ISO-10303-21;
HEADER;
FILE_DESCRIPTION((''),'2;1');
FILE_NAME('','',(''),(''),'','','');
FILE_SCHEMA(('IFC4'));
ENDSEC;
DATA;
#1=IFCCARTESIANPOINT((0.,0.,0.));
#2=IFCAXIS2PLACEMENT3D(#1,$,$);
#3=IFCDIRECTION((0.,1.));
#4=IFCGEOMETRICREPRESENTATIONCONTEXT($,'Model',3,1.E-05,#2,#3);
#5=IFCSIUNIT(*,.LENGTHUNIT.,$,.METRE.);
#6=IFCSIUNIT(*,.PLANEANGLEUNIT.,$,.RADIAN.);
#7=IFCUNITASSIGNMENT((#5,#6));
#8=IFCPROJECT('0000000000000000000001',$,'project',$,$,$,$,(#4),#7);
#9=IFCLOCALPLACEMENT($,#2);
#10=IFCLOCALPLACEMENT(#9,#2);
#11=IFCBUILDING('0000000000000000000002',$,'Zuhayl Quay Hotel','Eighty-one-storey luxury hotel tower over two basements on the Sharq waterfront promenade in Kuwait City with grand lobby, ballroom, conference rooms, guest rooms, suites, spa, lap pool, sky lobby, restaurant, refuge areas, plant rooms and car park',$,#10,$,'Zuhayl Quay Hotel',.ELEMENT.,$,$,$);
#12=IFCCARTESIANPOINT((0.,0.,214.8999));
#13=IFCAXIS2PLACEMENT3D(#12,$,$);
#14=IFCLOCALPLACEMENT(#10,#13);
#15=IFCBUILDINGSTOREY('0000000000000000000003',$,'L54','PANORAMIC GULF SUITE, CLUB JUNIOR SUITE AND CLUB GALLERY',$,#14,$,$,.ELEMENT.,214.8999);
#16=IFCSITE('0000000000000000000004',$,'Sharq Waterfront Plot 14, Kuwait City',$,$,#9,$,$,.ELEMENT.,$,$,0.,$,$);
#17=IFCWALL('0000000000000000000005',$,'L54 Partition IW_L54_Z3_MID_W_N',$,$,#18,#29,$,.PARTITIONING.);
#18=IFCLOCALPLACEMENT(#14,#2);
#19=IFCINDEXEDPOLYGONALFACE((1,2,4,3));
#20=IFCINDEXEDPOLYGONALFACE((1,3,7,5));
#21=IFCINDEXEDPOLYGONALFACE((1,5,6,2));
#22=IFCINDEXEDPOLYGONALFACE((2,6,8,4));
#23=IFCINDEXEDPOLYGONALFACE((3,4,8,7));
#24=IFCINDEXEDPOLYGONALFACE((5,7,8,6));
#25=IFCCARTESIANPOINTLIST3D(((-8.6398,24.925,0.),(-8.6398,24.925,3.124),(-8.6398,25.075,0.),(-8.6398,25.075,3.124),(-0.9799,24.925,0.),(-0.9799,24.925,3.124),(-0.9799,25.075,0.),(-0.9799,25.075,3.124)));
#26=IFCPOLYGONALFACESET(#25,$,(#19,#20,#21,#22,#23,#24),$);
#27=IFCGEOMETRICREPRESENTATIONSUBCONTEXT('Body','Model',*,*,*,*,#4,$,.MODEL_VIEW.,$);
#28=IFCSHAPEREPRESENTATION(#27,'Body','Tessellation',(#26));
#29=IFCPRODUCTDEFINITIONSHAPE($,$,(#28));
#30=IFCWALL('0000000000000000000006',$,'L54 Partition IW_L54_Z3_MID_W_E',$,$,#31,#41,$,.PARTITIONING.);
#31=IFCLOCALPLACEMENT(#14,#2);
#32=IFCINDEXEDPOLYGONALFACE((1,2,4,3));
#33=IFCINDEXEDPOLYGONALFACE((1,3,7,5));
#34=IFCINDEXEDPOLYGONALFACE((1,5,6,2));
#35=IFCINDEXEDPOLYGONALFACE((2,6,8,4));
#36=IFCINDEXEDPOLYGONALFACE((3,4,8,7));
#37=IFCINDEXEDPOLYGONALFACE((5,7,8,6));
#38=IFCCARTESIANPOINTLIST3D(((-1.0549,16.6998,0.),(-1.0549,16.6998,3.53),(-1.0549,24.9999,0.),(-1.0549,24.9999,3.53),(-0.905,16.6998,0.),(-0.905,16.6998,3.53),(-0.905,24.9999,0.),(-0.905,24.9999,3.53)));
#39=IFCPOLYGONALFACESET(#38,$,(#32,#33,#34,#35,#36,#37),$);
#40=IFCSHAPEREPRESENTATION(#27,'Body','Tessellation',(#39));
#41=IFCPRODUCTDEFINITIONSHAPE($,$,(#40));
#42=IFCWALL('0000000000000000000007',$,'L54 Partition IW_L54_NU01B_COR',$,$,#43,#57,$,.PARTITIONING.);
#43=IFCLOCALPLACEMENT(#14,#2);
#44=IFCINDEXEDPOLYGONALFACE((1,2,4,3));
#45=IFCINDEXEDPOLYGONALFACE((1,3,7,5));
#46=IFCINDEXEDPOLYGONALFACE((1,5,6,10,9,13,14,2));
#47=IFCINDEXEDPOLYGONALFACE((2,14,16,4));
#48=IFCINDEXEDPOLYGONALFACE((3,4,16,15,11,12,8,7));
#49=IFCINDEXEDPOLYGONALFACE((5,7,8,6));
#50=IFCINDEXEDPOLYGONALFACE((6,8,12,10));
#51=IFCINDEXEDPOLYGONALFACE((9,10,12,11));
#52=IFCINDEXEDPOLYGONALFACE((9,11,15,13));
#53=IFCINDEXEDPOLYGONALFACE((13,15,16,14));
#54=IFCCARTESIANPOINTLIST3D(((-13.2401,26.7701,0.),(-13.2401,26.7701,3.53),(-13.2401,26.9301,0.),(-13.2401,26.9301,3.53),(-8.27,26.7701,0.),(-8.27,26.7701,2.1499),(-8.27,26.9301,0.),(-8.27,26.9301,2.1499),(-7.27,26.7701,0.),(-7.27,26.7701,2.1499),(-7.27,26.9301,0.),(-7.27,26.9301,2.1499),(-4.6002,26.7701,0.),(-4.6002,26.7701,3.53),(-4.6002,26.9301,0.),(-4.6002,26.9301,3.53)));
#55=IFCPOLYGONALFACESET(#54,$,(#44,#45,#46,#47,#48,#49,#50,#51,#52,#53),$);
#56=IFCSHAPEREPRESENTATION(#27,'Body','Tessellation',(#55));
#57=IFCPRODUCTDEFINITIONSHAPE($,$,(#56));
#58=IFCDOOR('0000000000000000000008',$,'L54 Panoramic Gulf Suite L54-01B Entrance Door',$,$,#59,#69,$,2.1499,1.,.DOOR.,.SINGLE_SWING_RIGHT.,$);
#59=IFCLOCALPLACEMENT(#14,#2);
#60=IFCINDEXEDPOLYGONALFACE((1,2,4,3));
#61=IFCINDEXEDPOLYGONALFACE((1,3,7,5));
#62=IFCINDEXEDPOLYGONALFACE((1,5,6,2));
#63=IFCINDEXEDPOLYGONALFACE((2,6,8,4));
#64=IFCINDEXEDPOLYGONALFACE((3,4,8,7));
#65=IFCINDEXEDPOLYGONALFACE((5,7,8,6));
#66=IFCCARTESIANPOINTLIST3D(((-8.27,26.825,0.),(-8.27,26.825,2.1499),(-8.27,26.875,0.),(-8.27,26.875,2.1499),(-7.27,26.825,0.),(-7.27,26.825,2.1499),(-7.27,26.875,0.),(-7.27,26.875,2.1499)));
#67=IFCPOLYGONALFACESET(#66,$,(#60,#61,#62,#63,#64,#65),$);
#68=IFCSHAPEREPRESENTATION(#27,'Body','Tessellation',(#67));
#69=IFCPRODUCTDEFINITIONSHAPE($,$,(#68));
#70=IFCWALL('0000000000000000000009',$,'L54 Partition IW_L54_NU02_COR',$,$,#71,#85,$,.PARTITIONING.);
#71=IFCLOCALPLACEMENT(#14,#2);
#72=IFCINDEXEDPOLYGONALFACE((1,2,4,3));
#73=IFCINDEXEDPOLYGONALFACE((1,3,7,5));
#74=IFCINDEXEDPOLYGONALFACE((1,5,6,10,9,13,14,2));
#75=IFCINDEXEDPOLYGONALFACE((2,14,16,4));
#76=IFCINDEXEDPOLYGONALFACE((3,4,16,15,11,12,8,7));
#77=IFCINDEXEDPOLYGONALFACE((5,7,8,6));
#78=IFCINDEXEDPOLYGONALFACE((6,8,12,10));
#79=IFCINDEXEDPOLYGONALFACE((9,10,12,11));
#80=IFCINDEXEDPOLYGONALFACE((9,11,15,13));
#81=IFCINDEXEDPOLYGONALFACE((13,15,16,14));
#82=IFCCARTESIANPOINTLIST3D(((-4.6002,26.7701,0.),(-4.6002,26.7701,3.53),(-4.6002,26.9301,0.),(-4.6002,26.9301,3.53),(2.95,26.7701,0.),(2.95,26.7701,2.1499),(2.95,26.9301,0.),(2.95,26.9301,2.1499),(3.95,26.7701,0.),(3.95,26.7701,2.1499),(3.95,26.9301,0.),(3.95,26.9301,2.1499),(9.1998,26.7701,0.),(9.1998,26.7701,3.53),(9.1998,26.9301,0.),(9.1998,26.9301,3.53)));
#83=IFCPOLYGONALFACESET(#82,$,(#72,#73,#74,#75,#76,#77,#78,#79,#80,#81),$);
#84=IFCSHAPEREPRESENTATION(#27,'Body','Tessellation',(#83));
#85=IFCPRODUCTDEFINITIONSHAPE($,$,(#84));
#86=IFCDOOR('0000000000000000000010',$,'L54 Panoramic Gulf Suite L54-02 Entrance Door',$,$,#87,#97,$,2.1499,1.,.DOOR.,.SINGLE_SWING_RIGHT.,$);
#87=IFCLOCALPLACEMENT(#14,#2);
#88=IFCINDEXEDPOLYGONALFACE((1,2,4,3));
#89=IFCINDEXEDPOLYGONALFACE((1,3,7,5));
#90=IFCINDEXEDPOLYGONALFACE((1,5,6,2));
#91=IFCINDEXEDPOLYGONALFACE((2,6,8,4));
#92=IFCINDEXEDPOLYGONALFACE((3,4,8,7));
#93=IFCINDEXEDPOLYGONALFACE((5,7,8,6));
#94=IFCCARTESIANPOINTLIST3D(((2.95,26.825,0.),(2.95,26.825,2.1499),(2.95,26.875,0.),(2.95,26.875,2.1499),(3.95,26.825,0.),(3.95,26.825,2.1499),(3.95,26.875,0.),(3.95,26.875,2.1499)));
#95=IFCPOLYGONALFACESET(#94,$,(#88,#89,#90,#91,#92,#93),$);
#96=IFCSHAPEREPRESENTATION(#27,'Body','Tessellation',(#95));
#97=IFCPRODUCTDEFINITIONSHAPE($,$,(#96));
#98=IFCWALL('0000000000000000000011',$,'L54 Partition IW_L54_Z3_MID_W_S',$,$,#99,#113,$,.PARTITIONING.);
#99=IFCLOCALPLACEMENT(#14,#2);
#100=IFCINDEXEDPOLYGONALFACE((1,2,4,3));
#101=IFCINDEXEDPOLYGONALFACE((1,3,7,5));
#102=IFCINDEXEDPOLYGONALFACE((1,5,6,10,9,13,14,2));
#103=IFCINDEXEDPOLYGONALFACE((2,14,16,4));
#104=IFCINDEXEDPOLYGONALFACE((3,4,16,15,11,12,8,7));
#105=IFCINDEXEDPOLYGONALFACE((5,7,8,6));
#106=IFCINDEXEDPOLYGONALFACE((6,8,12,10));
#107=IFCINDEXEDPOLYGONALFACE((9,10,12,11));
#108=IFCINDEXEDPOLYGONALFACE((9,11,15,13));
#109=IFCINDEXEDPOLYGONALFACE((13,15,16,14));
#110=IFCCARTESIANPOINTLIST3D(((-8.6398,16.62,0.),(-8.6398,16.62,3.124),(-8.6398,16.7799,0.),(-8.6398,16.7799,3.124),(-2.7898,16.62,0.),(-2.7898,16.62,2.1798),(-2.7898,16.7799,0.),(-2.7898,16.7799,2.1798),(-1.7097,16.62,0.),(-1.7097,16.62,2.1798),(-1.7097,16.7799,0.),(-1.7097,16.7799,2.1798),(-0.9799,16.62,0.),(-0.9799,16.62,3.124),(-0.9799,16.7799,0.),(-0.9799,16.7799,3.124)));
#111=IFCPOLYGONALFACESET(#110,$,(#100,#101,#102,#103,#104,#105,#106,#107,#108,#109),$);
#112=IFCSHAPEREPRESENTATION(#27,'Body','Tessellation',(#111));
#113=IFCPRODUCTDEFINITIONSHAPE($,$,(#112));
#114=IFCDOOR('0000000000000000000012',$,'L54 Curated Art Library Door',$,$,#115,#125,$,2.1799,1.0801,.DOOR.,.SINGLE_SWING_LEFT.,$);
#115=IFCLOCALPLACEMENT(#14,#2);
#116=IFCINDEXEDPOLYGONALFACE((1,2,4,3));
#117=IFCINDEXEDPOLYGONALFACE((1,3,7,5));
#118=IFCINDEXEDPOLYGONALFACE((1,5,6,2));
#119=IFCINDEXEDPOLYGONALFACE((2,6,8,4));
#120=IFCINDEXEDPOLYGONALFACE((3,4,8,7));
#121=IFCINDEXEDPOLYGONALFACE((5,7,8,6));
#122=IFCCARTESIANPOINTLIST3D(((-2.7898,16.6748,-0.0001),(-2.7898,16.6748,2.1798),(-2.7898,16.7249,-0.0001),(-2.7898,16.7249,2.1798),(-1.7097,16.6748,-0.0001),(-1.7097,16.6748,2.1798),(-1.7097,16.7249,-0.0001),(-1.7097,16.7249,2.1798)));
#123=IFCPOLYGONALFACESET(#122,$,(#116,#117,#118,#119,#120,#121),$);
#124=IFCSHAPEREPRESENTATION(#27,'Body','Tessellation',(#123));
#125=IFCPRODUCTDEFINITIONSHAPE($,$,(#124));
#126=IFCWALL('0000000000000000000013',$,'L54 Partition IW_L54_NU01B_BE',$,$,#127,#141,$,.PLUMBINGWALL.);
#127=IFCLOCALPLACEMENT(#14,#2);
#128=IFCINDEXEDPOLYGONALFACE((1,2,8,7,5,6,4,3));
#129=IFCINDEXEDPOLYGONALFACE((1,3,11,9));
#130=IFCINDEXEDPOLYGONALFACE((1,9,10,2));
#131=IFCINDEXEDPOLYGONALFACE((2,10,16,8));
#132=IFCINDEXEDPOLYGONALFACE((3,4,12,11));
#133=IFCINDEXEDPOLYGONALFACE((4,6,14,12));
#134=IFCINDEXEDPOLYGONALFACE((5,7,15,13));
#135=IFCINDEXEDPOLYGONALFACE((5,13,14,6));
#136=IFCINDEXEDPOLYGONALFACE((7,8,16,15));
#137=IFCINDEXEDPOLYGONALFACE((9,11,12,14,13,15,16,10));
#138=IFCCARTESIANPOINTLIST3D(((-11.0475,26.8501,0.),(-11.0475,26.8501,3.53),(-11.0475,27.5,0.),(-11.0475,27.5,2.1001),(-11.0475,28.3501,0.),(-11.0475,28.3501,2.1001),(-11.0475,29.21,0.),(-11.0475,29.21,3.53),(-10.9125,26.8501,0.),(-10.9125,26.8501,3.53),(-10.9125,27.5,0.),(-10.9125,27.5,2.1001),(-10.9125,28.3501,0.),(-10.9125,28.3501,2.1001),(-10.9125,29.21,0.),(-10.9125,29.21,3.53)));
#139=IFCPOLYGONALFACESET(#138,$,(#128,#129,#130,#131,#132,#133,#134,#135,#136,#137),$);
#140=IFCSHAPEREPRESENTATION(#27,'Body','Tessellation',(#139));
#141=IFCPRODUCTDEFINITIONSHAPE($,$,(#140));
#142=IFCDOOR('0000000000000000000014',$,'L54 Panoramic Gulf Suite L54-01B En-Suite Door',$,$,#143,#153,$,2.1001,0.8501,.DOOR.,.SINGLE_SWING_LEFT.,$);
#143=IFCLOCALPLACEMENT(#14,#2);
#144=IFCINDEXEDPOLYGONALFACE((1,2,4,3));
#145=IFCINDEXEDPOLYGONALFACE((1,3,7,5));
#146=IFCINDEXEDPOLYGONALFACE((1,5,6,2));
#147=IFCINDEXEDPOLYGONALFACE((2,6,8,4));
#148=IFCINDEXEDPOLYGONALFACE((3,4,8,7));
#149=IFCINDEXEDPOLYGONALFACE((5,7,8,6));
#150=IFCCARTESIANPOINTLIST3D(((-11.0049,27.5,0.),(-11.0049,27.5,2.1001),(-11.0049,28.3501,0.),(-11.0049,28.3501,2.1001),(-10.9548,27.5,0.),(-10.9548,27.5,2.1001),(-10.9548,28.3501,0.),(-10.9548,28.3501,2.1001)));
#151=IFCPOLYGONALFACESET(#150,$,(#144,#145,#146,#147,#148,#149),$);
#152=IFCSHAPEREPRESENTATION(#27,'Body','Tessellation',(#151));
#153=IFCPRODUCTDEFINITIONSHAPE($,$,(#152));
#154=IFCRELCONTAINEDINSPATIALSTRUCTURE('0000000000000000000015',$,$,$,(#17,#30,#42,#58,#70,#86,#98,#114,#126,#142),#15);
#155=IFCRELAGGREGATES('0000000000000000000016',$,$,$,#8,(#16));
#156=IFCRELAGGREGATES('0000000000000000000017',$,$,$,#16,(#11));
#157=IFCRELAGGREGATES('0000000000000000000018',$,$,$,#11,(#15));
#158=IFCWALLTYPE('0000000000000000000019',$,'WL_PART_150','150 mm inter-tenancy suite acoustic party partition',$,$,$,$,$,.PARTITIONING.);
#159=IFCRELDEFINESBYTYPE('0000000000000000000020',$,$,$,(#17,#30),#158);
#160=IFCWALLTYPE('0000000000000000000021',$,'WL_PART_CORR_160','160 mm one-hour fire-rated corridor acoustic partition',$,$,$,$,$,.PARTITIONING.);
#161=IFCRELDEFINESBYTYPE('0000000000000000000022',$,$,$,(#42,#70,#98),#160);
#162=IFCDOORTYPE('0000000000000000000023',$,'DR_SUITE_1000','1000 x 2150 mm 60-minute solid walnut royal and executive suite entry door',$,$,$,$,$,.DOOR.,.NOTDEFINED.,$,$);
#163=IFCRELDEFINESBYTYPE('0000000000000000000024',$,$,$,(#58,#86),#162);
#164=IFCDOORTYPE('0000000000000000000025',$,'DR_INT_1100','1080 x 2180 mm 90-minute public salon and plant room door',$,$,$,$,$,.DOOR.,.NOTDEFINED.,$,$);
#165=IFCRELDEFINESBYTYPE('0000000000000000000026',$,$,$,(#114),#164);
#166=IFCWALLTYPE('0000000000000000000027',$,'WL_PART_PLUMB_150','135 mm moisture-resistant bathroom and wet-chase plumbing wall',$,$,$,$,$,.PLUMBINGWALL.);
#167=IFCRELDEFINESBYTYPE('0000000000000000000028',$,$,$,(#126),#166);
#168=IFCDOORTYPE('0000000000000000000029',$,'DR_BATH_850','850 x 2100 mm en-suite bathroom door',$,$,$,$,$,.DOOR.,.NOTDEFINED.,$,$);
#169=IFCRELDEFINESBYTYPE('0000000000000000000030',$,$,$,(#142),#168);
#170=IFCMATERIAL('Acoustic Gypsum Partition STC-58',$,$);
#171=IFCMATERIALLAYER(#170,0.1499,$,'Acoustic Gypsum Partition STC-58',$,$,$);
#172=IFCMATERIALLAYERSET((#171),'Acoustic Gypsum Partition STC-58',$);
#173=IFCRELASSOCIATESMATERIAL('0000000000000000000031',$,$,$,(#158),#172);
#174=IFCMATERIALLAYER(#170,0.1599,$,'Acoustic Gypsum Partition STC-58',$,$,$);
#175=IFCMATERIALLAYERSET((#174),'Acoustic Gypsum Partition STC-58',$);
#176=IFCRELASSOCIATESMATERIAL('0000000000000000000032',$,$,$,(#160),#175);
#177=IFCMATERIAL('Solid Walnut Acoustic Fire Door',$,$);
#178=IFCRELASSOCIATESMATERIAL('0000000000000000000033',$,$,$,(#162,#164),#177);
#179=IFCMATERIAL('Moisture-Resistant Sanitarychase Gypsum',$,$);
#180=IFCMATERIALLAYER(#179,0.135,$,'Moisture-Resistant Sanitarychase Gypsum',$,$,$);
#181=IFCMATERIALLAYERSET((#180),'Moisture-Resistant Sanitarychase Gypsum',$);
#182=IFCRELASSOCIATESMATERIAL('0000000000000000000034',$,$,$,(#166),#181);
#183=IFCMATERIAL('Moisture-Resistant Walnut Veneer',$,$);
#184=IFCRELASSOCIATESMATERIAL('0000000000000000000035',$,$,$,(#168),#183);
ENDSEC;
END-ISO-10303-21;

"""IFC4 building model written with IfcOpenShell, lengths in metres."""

from ifc_helpers import new_model, si_unit, direction, frame, frame_2d, origin, place, context, subcontext, project, spatial, rectangle, extrude, material, layer, layer_set, type_object, element, fill, save


model = new_model("IFC4")

# Units and contexts
model_context = context("Model", 3, precision=1e-05, world=origin(), true_north=direction((0.0, 1.0)))
body_context = subcontext(model_context, "Body", "Model", "MODEL_VIEW")
ifc_project = project(units=[si_unit("LENGTHUNIT", "METRE"), si_unit("PLANEANGLEUNIT", "RADIAN")], contexts=[model_context])

# Site, building, storey
site_placement = place(None, origin())
site = spatial("IfcSite", under=ifc_project, at=site_placement, Name="Sharq Waterfront Plot 14, Kuwait City", CompositionType="ELEMENT", RefElevation=0.0)
building_placement = place(site_placement, origin())
building = spatial("IfcBuilding", under=site, at=building_placement, Name="Zuhayl Quay Hotel", Description="Eighty-one-storey luxury hotel tower over two basements on the Sharq waterfront promenade in Kuwait City with grand lobby, ballroom, conference rooms, guest rooms, suites, spa, lap pool, sky lobby, restaurant, refuge areas, plant rooms and car park", LongName="Zuhayl Quay Hotel", CompositionType="ELEMENT")
storey_placement = place(building_placement, frame((0.0, 0.0, 214.8999)))
storey = spatial("IfcBuildingStorey", under=building, at=storey_placement, Name="L54", Description="PANORAMIC GULF SUITE, CLUB JUNIOR SUITE AND CLUB GALLERY", CompositionType="ELEMENT", Elevation=214.8999)

# Walls
ifc_material_1 = material(Name="Acoustic Gypsum Partition STC-58")
ifc_layer_1 = layer(ifc_material_1, 0.1499, Name="Acoustic Gypsum Partition STC-58")
ifc_layer_set_1 = layer_set([ifc_layer_1], Name="Acoustic Gypsum Partition STC-58")
wall_type_1 = type_object("IfcWallType", Name="WL_PART_150", Description="150 mm inter-tenancy suite acoustic party partition", PredefinedType="PARTITIONING", material=ifc_layer_set_1)
wall_1_placement = place(storey_placement, frame((-8.6399, 25.0, 0.0), z_axis=(0.0, 0.0, 1.0), x_axis=(1.0, 0.0, 0.0)))
element("IfcWall", 1, at=wall_1_placement, inside=storey, type_object=wall_type_1, Name="L54 Partition IW_L54_Z3_MID_W_N", PredefinedType="PARTITIONING", context=body_context, shape_type="SweptSolid", body=[
    extrude(rectangle(XDim=7.6599, YDim=0.1499, at=frame_2d((3.8301, 0.0))), origin(), (0.0, 0.0, 1.0), 3.124),
])
wall_2_placement = place(storey_placement, frame((-0.98, 16.7, 0.0), z_axis=(0.0, 0.0, 1.0), x_axis=(0.0, 1.0, 0.0)))
element("IfcWall", 2, at=wall_2_placement, inside=storey, type_object=wall_type_1, Name="L54 Partition IW_L54_Z3_MID_W_E", PredefinedType="PARTITIONING", context=body_context, shape_type="SweptSolid", body=[
    extrude(rectangle(XDim=8.3, YDim=0.1499, at=frame_2d((4.1499, 0.0))), origin(), (0.0, 0.0, 1.0), 3.53),
])

# Walls, openings, doors
ifc_layer_2 = layer(ifc_material_1, 0.1599, Name="Acoustic Gypsum Partition STC-58")
ifc_layer_set_2 = layer_set([ifc_layer_2], Name="Acoustic Gypsum Partition STC-58")
wall_type_2 = type_object("IfcWallType", Name="WL_PART_CORR_160", Description="160 mm one-hour fire-rated corridor acoustic partition", PredefinedType="PARTITIONING", material=ifc_layer_set_2)
wall_3_placement = place(storey_placement, frame((-13.24, 26.8501, 0.0), z_axis=(0.0, 0.0, 1.0), x_axis=(1.0, 0.0, 0.0)))
wall_3 = element("IfcWall", 3, at=wall_3_placement, inside=storey, type_object=wall_type_2, Name="L54 Partition IW_L54_NU01B_COR", PredefinedType="PARTITIONING", context=body_context, shape_type="SweptSolid", body=[
    extrude(rectangle(XDim=8.6399, YDim=0.1599, at=frame_2d((4.3198, 0.0))), origin(), (0.0, 0.0, 1.0), 3.53),
])
opening_1_placement = place(wall_3_placement, frame((4.97, 0.0, 0.0)))
opening_1 = element("IfcOpeningElement", 4, at=opening_1_placement, cuts=wall_3, PredefinedType="OPENING", context=body_context, shape_type="SweptSolid", body=[
    extrude(rectangle(XDim=1.0, YDim=2.1499, at=frame_2d((0.5, 1.075))), frame((0.0, 0.0898, 0.0), z_axis=(0.0, -1.0, 0.0), x_axis=(1.0, 0.0, 0.0)), (0.0, 0.0, 1.0), 0.1799),
])
ifc_material_2 = material(Name="Solid Walnut Acoustic Fire Door")
door_type_1 = type_object("IfcDoorType", Name="DR_SUITE_1000", Description="1000 x 2150 mm 60-minute solid walnut royal and executive suite entry door", OperationType="NOTDEFINED", PredefinedType="DOOR", material=ifc_material_2)
door_1_placement = place(opening_1_placement, origin())
door_1 = element("IfcDoor", 5, at=door_1_placement, inside=storey, type_object=door_type_1, Name="L54 Panoramic Gulf Suite L54-01B Entrance Door", OperationType="SINGLE_SWING_RIGHT", OverallHeight=2.1499, OverallWidth=1.0, PredefinedType="DOOR", context=body_context, shape_type="SweptSolid", body=[
    extrude(rectangle(XDim=1.0, YDim=2.1499, at=frame_2d((0.5, 1.075))), frame((0.0, 0.0249, 0.0), z_axis=(0.0, -1.0, 0.0), x_axis=(1.0, 0.0, 0.0)), (0.0, 0.0, 1.0), 0.05),
])
fill(opening_1, door_1)
wall_4_placement = place(storey_placement, frame((-4.6001, 26.8501, 0.0), z_axis=(0.0, 0.0, 1.0), x_axis=(1.0, 0.0, 0.0)))
wall_4 = element("IfcWall", 6, at=wall_4_placement, inside=storey, type_object=wall_type_2, Name="L54 Partition IW_L54_NU02_COR", PredefinedType="PARTITIONING", context=body_context, shape_type="SweptSolid", body=[
    extrude(rectangle(XDim=13.8, YDim=0.1599, at=frame_2d((6.8999, 0.0))), origin(), (0.0, 0.0, 1.0), 3.53),
])
opening_2_placement = place(wall_4_placement, frame((7.55, 0.0, 0.0)))
opening_2 = element("IfcOpeningElement", 7, at=opening_2_placement, cuts=wall_4, PredefinedType="OPENING", context=body_context, shape_type="SweptSolid", body=[
    extrude(rectangle(XDim=1.0, YDim=2.1499, at=frame_2d((0.5, 1.075))), frame((0.0, 0.0898, 0.0), z_axis=(0.0, -1.0, 0.0), x_axis=(1.0, 0.0, 0.0)), (0.0, 0.0, 1.0), 0.1799),
])
door_2_placement = place(opening_2_placement, origin())
door_2 = element("IfcDoor", 8, at=door_2_placement, inside=storey, type_object=door_type_1, Name="L54 Panoramic Gulf Suite L54-02 Entrance Door", OperationType="SINGLE_SWING_RIGHT", OverallHeight=2.1499, OverallWidth=1.0, PredefinedType="DOOR", context=body_context, shape_type="SweptSolid", body=[
    extrude(rectangle(XDim=1.0, YDim=2.1499, at=frame_2d((0.5, 1.075))), frame((0.0, 0.0249, 0.0), z_axis=(0.0, -1.0, 0.0), x_axis=(1.0, 0.0, 0.0)), (0.0, 0.0, 1.0), 0.05),
])
fill(opening_2, door_2)
wall_5_placement = place(storey_placement, frame((-8.6399, 16.7, 0.0), z_axis=(0.0, 0.0, 1.0), x_axis=(1.0, 0.0, 0.0)))
wall_5 = element("IfcWall", 9, at=wall_5_placement, inside=storey, type_object=wall_type_2, Name="L54 Partition IW_L54_Z3_MID_W_S", PredefinedType="PARTITIONING", context=body_context, shape_type="SweptSolid", body=[
    extrude(rectangle(XDim=7.6599, YDim=0.1599, at=frame_2d((3.8301, 0.0))), origin(), (0.0, 0.0, 1.0), 3.124),
])
opening_3_placement = place(wall_5_placement, frame((5.8501, 0.0, 0.0)))
opening_3 = element("IfcOpeningElement", 10, at=opening_3_placement, cuts=wall_5, PredefinedType="OPENING", context=body_context, shape_type="SweptSolid", body=[
    extrude(rectangle(XDim=1.0801, YDim=2.1799, at=frame_2d((0.54, 1.0898))), frame((0.0, 0.0898, 0.0), z_axis=(0.0, -1.0, 0.0), x_axis=(1.0, 0.0, 0.0)), (0.0, 0.0, 1.0), 0.1799),
])
door_type_2 = type_object("IfcDoorType", Name="DR_INT_1100", Description="1080 x 2180 mm 90-minute public salon and plant room door", OperationType="NOTDEFINED", PredefinedType="DOOR", material=ifc_material_2)
door_3_placement = place(opening_3_placement, origin())
door_3 = element("IfcDoor", 11, at=door_3_placement, inside=storey, type_object=door_type_2, Name="L54 Curated Art Library Door", OperationType="SINGLE_SWING_LEFT", OverallHeight=2.1799, OverallWidth=1.0801, PredefinedType="DOOR", context=body_context, shape_type="SweptSolid", body=[
    extrude(rectangle(XDim=1.0801, YDim=2.1799, at=frame_2d((0.54, 1.0898))), frame((0.0, 0.0249, 0.0), z_axis=(0.0, -1.0, 0.0), x_axis=(1.0, 0.0, 0.0)), (0.0, 0.0, 1.0), 0.05),
])
fill(opening_3, door_3)
ifc_material_3 = material(Name="Moisture-Resistant Sanitarychase Gypsum")
ifc_layer_3 = layer(ifc_material_3, 0.135, Name="Moisture-Resistant Sanitarychase Gypsum")
ifc_layer_set_3 = layer_set([ifc_layer_3], Name="Moisture-Resistant Sanitarychase Gypsum")
wall_type_3 = type_object("IfcWallType", Name="WL_PART_PLUMB_150", Description="135 mm moisture-resistant bathroom and wet-chase plumbing wall", PredefinedType="PLUMBINGWALL", material=ifc_layer_set_3)
wall_6_placement = place(storey_placement, frame((-10.98, 26.8501, 0.0), z_axis=(0.0, 0.0, 1.0), x_axis=(0.0, 1.0, 0.0)))
wall_6 = element("IfcWall", 12, at=wall_6_placement, inside=storey, type_object=wall_type_3, Name="L54 Partition IW_L54_NU01B_BE", PredefinedType="PLUMBINGWALL", context=body_context, shape_type="SweptSolid", body=[
    extrude(rectangle(XDim=2.3599, YDim=0.135, at=frame_2d((1.1799, 0.0))), origin(), (0.0, 0.0, 1.0), 3.53),
])
opening_4_placement = place(wall_6_placement, frame((0.6499, 0.0, 0.0)))
opening_4 = element("IfcOpeningElement", 13, at=opening_4_placement, cuts=wall_6, PredefinedType="OPENING", context=body_context, shape_type="SweptSolid", body=[
    extrude(rectangle(XDim=0.8501, YDim=2.1001, at=frame_2d((0.425, 1.05))), frame((0.0, 0.0774, 0.0), z_axis=(0.0, -1.0, 0.0), x_axis=(1.0, 0.0, 0.0)), (0.0, 0.0, 1.0), 0.155),
])
ifc_material_4 = material(Name="Moisture-Resistant Walnut Veneer")
door_type_3 = type_object("IfcDoorType", Name="DR_BATH_850", Description="850 x 2100 mm en-suite bathroom door", OperationType="NOTDEFINED", PredefinedType="DOOR", material=ifc_material_4)
door_4_placement = place(opening_4_placement, origin())
door_4 = element("IfcDoor", 14, at=door_4_placement, inside=storey, type_object=door_type_3, Name="L54 Panoramic Gulf Suite L54-01B En-Suite Door", OperationType="SINGLE_SWING_LEFT", OverallHeight=2.1001, OverallWidth=0.8501, PredefinedType="DOOR", context=body_context, shape_type="SweptSolid", body=[
    extrude(rectangle(XDim=0.8501, YDim=2.1001, at=frame_2d((0.425, 1.05))), frame((0.0, 0.0249, 0.0), z_axis=(0.0, -1.0, 0.0), x_axis=(1.0, 0.0, 0.0)), (0.0, 0.0, 1.0), 0.05),
])
fill(opening_4, door_4)

save(model, "model.ifc")
